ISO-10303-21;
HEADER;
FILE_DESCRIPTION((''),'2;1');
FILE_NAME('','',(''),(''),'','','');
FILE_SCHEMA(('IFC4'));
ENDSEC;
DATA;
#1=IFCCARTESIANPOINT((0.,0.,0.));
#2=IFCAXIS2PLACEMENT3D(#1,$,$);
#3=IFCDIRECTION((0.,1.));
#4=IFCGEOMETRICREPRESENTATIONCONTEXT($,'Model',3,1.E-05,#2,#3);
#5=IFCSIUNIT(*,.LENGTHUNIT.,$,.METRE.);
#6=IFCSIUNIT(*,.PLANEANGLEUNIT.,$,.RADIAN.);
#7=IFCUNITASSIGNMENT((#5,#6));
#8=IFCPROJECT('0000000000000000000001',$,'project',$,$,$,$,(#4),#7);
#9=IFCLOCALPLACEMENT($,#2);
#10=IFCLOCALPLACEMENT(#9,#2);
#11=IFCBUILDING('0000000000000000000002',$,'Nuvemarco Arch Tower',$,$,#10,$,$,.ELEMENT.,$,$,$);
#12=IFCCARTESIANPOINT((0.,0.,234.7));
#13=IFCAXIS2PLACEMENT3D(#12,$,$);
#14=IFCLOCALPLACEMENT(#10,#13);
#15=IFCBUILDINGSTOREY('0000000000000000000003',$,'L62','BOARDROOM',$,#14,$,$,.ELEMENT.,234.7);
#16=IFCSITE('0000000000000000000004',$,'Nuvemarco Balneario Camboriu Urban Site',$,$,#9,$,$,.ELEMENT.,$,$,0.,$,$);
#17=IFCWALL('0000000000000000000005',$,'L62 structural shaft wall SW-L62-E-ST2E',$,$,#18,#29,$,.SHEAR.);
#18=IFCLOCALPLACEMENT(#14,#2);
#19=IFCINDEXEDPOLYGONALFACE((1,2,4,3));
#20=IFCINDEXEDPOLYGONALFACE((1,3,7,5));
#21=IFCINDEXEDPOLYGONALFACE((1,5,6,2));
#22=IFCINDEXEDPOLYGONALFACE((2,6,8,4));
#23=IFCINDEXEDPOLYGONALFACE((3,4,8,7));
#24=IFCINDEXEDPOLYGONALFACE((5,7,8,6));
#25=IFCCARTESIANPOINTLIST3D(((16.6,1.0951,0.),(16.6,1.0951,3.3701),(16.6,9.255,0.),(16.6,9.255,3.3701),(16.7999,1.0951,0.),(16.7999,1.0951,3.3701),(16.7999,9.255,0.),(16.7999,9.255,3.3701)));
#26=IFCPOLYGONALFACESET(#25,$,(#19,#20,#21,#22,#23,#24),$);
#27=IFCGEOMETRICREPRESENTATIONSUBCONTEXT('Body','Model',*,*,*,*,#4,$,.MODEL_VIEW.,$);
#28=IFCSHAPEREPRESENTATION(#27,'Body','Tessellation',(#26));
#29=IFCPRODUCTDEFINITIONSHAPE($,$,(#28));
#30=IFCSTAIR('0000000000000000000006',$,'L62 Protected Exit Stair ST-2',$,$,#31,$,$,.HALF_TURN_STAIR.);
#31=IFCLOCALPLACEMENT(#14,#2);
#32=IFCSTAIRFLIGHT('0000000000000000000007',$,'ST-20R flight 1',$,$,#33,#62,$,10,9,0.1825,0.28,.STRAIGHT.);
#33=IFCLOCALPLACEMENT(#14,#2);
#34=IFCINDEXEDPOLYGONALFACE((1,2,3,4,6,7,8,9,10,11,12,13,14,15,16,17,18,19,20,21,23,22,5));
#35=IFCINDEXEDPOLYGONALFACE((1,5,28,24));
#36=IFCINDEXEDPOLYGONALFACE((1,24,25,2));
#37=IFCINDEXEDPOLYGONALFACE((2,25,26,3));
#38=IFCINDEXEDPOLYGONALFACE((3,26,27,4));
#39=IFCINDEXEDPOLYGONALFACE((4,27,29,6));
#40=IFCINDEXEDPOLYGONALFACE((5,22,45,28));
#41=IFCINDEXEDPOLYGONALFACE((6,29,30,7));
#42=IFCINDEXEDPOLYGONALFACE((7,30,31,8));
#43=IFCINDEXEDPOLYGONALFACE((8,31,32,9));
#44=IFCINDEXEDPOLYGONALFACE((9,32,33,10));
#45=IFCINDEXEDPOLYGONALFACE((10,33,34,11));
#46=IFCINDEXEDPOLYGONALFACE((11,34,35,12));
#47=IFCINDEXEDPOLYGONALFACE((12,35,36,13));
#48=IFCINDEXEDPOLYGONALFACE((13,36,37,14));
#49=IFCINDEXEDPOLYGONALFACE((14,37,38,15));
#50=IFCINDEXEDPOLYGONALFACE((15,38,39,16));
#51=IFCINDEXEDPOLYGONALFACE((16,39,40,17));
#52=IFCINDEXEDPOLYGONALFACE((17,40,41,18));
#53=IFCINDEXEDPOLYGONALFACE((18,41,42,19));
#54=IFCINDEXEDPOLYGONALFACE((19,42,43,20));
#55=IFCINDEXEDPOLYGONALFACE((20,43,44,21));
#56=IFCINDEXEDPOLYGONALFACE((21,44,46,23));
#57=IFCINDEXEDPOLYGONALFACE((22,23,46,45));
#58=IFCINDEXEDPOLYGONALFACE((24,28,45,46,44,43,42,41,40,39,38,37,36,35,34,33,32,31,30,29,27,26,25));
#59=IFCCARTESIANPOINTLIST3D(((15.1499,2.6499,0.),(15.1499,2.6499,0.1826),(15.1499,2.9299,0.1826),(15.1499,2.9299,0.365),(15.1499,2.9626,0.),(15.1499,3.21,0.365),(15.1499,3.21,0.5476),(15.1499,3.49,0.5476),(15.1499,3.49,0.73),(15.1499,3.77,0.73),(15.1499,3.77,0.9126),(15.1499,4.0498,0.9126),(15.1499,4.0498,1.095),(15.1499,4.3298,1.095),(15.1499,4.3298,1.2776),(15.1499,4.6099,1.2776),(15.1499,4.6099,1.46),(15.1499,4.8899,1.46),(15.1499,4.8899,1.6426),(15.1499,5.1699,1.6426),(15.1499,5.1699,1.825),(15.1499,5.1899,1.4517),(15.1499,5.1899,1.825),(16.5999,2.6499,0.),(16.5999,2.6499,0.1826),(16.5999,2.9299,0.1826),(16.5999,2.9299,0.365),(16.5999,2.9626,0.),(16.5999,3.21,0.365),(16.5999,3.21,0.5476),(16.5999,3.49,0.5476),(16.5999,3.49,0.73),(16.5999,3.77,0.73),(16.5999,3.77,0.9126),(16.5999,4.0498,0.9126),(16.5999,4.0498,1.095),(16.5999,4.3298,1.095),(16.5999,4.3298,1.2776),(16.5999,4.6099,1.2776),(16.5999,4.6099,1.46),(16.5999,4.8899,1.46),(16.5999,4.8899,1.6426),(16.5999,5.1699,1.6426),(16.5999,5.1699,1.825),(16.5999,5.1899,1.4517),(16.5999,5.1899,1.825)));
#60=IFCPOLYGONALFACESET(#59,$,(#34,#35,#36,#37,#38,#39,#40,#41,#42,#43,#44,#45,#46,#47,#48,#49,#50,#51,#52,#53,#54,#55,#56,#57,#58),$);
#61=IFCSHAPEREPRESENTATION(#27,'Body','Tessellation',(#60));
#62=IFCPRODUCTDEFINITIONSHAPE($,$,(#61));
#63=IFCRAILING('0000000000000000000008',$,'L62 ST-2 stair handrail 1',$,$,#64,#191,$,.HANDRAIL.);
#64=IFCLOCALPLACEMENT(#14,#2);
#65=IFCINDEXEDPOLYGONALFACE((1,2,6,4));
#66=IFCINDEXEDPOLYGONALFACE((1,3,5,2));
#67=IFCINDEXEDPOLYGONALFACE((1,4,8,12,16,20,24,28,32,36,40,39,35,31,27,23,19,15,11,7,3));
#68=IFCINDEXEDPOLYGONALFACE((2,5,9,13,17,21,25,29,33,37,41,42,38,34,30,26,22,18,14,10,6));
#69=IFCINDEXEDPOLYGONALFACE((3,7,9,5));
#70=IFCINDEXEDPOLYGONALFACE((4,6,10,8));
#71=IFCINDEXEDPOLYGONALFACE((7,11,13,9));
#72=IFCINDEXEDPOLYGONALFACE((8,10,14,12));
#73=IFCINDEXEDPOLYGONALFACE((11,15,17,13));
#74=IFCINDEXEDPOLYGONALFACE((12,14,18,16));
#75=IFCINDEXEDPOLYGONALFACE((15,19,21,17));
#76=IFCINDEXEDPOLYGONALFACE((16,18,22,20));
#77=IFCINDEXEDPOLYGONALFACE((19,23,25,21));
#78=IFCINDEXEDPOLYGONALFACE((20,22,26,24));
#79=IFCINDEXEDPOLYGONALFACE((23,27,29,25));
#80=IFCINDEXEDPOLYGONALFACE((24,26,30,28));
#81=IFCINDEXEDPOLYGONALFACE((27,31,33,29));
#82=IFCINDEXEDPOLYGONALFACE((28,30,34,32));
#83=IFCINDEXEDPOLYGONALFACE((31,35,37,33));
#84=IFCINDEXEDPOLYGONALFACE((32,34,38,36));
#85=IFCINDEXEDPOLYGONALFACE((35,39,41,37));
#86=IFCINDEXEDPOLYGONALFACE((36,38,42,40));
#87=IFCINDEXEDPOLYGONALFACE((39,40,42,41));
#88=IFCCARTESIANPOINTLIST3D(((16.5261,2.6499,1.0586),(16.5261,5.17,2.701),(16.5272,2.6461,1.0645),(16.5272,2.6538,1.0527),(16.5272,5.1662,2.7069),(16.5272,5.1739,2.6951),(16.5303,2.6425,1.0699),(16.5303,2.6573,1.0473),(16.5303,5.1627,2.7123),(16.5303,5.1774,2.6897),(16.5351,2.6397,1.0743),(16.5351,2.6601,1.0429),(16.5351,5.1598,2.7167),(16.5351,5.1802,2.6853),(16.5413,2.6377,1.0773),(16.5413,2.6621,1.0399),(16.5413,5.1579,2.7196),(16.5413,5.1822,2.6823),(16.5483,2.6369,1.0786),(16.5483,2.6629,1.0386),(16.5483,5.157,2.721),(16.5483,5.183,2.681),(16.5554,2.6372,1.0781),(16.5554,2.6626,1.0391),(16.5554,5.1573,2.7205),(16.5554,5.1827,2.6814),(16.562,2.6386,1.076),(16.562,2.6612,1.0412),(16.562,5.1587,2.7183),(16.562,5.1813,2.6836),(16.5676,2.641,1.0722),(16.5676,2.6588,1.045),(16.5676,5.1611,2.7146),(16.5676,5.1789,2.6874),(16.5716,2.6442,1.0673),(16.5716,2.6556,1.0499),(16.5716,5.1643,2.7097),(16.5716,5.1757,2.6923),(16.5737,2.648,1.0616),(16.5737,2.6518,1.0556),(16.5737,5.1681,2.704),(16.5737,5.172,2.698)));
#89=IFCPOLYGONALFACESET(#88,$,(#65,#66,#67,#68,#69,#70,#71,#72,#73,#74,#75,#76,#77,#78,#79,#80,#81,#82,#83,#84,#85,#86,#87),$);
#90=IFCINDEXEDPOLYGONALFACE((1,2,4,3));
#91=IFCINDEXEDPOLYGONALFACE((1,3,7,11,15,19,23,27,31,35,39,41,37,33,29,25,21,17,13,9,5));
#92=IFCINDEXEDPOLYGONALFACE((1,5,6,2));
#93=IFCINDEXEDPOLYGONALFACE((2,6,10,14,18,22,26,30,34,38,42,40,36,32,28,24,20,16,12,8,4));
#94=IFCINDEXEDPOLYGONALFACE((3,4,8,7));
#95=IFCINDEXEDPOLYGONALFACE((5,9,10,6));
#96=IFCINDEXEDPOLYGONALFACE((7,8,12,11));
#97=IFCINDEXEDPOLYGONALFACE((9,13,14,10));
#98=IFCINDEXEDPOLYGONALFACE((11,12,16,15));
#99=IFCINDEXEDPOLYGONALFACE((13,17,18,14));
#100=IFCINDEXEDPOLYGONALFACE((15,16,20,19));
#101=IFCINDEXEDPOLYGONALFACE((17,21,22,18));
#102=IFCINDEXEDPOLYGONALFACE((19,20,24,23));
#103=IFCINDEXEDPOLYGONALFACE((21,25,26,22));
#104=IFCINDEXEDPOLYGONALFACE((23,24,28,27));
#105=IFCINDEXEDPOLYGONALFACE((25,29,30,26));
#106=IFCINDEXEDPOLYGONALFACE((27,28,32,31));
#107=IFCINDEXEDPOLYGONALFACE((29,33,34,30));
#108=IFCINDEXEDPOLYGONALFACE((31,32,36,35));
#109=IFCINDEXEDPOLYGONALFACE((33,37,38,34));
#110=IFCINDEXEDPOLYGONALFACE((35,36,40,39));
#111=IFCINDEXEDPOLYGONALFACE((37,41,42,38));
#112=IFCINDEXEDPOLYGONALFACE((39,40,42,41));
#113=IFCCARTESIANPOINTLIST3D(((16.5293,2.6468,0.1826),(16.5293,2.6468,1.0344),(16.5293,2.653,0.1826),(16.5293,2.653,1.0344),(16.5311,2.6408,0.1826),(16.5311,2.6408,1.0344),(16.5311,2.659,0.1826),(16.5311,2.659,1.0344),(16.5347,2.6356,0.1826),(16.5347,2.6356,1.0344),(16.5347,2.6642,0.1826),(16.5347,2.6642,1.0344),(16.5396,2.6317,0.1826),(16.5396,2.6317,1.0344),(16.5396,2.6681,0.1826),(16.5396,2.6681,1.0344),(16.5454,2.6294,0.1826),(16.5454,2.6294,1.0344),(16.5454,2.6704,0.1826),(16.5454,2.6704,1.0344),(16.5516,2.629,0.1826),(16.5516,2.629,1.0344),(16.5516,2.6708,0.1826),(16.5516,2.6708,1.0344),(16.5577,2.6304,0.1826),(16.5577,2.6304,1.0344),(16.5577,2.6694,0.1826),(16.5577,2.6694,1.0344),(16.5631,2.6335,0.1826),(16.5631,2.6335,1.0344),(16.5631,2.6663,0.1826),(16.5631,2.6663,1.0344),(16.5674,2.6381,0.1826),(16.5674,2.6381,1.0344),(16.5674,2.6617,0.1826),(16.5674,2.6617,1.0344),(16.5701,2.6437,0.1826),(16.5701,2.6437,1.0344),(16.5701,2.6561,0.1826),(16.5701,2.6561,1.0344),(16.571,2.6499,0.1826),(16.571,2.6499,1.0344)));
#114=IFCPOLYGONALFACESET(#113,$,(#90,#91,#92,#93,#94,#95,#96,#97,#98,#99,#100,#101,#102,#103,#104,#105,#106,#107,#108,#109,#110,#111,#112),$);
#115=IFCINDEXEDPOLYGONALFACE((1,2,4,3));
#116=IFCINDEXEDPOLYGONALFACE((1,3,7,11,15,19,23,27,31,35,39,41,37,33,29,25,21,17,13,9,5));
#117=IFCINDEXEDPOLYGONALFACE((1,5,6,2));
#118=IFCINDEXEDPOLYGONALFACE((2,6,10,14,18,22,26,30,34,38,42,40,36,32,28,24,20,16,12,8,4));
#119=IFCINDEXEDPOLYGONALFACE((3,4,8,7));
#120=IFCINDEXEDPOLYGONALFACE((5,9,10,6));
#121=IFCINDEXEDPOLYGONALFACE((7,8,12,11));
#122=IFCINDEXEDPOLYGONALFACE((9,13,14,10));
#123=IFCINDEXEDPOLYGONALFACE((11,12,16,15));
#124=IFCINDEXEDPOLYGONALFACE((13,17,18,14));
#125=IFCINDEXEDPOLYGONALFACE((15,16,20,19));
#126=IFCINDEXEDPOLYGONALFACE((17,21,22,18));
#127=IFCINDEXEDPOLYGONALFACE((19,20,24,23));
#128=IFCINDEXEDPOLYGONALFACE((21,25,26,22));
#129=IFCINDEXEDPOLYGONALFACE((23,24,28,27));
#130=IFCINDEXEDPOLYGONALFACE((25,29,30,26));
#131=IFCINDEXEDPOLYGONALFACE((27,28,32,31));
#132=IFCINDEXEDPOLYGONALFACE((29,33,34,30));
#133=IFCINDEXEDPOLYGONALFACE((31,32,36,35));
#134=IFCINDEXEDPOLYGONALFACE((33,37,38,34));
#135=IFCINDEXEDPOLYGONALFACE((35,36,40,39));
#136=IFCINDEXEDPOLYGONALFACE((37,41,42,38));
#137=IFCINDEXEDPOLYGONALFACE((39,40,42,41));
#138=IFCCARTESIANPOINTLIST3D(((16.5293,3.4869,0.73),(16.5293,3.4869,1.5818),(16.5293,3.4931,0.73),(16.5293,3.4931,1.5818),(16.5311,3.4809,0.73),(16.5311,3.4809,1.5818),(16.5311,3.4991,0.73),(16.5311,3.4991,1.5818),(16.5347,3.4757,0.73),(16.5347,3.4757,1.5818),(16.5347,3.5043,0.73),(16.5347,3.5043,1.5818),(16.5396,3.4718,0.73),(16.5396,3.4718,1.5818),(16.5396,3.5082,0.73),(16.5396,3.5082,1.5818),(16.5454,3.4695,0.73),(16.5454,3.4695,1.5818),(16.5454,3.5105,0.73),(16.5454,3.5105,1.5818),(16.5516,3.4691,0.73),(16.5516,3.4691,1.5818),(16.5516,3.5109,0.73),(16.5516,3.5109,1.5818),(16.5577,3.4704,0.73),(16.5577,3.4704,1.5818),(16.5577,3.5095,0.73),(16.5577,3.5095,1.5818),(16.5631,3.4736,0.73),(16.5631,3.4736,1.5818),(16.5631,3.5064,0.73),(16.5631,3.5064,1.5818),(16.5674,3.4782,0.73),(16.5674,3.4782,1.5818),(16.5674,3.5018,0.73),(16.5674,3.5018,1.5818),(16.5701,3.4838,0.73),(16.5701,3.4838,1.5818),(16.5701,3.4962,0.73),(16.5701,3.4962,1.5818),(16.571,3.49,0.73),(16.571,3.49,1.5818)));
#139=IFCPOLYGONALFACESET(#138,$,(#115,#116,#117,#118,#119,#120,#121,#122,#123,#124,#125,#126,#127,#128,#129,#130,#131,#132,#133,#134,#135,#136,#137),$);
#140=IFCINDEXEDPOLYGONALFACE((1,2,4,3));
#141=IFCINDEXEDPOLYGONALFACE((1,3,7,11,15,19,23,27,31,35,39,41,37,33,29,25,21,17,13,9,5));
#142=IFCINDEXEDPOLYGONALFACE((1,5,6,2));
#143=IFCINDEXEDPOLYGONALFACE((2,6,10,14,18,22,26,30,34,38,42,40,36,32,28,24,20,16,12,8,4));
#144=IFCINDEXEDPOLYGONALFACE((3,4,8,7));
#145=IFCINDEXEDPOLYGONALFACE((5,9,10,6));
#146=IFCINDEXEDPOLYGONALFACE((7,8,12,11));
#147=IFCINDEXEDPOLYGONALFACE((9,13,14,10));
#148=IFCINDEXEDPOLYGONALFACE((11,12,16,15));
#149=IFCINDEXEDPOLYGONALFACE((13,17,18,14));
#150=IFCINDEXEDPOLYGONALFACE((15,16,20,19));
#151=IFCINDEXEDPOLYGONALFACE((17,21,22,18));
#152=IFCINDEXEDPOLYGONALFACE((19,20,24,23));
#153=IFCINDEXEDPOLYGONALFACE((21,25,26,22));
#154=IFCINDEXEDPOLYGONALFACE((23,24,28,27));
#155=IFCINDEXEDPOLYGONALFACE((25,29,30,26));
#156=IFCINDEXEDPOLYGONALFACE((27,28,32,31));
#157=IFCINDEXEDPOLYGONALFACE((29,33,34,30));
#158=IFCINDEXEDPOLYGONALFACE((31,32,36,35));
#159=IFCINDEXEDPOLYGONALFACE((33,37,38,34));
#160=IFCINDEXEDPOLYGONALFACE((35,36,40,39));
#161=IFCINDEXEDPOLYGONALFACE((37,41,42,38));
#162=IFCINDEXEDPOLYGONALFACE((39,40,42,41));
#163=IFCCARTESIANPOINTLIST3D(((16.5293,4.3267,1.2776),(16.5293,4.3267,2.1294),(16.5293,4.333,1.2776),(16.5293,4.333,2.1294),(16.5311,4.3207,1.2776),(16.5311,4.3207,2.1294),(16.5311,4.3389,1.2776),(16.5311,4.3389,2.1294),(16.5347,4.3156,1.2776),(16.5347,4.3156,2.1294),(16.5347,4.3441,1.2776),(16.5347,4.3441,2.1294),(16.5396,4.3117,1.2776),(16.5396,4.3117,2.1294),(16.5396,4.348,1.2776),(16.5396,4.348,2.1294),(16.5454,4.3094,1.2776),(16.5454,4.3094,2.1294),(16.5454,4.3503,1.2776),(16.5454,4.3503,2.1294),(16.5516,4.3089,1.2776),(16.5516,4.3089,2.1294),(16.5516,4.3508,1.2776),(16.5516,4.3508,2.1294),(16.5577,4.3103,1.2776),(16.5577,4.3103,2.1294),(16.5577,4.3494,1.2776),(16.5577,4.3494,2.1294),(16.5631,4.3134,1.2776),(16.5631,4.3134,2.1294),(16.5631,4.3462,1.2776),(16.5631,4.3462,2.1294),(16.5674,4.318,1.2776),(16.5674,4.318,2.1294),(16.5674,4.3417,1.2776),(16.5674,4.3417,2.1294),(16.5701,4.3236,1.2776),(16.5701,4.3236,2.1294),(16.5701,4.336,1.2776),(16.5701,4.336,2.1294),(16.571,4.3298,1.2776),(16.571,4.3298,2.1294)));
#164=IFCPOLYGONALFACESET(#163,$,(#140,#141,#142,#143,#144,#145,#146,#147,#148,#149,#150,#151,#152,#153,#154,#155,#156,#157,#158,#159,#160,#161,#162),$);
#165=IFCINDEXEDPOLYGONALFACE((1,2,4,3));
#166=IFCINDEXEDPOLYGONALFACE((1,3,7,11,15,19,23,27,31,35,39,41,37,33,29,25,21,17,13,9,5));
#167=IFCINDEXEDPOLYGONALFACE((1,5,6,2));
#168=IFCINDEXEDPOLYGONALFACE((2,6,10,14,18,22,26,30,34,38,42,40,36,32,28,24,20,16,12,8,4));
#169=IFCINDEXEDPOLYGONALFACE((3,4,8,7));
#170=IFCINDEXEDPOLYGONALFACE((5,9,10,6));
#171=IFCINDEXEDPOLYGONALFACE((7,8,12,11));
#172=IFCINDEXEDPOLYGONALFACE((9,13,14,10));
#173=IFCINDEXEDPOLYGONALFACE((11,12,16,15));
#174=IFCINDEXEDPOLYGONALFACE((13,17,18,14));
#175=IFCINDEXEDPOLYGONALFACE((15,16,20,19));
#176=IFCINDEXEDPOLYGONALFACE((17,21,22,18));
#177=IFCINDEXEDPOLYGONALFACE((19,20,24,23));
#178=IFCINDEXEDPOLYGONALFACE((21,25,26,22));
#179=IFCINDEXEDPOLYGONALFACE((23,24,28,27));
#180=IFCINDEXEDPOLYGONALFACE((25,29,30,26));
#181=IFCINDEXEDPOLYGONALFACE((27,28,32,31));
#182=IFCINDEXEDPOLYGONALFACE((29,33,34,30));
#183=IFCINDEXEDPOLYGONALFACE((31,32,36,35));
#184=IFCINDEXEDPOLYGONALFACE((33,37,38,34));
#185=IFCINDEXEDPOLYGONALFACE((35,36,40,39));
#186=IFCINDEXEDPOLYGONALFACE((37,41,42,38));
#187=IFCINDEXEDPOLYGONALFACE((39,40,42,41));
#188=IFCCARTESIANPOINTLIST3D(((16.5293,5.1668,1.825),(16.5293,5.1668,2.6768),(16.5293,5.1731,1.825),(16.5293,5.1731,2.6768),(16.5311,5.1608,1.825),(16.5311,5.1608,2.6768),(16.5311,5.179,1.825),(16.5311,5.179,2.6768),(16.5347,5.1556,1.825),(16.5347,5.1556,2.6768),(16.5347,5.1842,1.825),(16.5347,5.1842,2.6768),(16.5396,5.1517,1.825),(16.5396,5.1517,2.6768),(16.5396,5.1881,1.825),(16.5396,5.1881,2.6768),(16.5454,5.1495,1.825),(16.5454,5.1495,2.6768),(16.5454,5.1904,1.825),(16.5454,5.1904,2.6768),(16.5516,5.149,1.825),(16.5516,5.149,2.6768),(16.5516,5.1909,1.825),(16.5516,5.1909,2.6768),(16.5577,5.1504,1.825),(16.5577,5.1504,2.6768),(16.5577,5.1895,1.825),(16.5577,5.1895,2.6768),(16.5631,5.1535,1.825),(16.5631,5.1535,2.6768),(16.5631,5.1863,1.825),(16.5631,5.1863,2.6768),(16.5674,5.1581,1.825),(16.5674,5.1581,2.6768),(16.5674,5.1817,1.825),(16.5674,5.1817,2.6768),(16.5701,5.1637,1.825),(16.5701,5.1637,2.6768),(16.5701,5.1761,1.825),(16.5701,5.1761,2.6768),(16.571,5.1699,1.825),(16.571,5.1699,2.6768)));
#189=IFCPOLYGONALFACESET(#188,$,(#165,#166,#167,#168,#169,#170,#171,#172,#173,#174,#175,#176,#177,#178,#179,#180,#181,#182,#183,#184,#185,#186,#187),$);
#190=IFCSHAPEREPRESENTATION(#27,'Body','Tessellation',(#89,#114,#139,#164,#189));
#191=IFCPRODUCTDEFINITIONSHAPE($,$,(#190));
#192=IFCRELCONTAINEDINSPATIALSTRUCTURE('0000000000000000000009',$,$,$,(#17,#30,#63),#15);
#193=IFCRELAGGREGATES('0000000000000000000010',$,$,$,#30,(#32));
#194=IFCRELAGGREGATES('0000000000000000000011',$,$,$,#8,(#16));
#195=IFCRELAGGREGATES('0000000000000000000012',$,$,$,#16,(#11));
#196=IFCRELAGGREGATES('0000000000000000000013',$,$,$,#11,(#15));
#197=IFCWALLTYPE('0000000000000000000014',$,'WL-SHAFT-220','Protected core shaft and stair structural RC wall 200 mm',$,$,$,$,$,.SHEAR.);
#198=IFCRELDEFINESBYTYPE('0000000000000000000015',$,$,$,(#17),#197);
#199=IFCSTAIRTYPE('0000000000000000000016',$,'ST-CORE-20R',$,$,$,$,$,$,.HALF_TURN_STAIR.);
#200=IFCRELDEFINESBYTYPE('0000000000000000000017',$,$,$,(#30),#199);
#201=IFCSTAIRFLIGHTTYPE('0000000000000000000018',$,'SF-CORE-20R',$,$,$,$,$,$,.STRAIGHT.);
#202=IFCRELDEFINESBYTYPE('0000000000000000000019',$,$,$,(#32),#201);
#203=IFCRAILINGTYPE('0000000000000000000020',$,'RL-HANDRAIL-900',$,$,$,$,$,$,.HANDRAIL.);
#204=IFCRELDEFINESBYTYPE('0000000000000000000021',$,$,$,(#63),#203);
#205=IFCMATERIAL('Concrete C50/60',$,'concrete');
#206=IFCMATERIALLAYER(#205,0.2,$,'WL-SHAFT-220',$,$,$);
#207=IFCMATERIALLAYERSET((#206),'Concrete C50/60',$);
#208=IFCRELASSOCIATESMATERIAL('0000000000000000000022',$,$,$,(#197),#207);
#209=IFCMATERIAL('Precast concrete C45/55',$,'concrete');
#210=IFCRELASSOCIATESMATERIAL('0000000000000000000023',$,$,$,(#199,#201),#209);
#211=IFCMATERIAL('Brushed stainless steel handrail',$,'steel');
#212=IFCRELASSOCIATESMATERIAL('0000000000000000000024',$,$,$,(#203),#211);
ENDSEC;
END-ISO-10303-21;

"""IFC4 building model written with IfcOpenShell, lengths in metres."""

from ifc_helpers import new_model, si_unit, direction, frame, frame_2d, origin, origin_2d, place, context, subcontext, project, spatial, polyline, rectangle, circle, outline, extrude, material, layer, layer_set, type_object, element, aggregate, save


model = new_model("IFC4")

# Units and contexts
model_context = context("Model", 3, precision=1e-05, world=origin(), true_north=direction((0.0, 1.0)))
body_context = subcontext(model_context, "Body", "Model", "MODEL_VIEW")
ifc_project = project(units=[si_unit("LENGTHUNIT", "METRE"), si_unit("PLANEANGLEUNIT", "RADIAN")], contexts=[model_context])

# Site, building, storey
site_placement = place(None, origin())
site = spatial("IfcSite", under=ifc_project, at=site_placement, Name="Nuvemarco Balneario Camboriu Urban Site", CompositionType="ELEMENT", RefElevation=0.0)
building_placement = place(site_placement, origin())
building = spatial("IfcBuilding", under=site, at=building_placement, Name="Nuvemarco Arch Tower", CompositionType="ELEMENT")
storey_placement = place(building_placement, frame((0.0, 0.0, 234.7)))
storey = spatial("IfcBuildingStorey", under=building, at=storey_placement, Name="L62", Description="BOARDROOM", CompositionType="ELEMENT", Elevation=234.7)

# Shared definitions
ifc_material_1 = material(Name="Concrete C50/60", Category="concrete")

# Shared definitions
ifc_material_2 = material(Name="Precast concrete C45/55", Category="concrete")

# Shared definitions
ifc_layer_1 = layer(ifc_material_1, 0.2, Name="WL-SHAFT-220")
ifc_layer_set_1 = layer_set([ifc_layer_1], Name="Concrete C50/60")
wall_type_1 = type_object("IfcWallType", Name="WL-SHAFT-220", Description="Protected core shaft and stair structural RC wall 200 mm", PredefinedType="SHEAR", material=ifc_layer_set_1)

# Wall
wall_1_placement = place(storey_placement, frame((16.7, 1.095, 0.0), z_axis=(0.0, 0.0, 1.0), x_axis=(0.0, 1.0, 0.0)))
element("IfcWall", 1, at=wall_1_placement, inside=storey, type_object=wall_type_1, Name="L62 structural shaft wall SW-L62-E-ST2E", PredefinedType="SHEAR", context=body_context, shape_type="SweptSolid", body=[
    extrude(rectangle(XDim=8.1599, YDim=0.2, at=frame_2d((4.0801, 0.0))), origin(), (0.0, 0.0, 1.0), 3.3701),
])

# Stair, stair flight
stair_type = type_object("IfcStairType", Name="ST-CORE-20R", PredefinedType="HALF_TURN_STAIR", material=ifc_material_2)
stair_placement = place(storey_placement, origin())
stair = element("IfcStair", 2, at=stair_placement, inside=storey, type_object=stair_type, Name="L62 Protected Exit Stair ST-2", PredefinedType="HALF_TURN_STAIR")
stair_flight_type = type_object("IfcStairFlightType", Name="SF-CORE-20R", PredefinedType="STRAIGHT", material=ifc_material_2)
stair_flight_placement = place(storey_placement, frame((15.875, 2.6499, 0.0), z_axis=(0.0, 0.0, 1.0), x_axis=(0.0, 1.0, 0.0)))
stair_flight = element("IfcStairFlight", 3, at=stair_flight_placement, type_object=stair_flight_type, Name="ST-20R flight 1", NumberOfRisers=10, NumberOfTreads=9, PredefinedType="STRAIGHT", RiserHeight=0.1825, TreadLength=0.28, context=body_context, shape_type="SweptSolid", body=[
    extrude(outline(polyline([(0.0, 0.0), (0.0, 0.1826), (0.28, 0.1826), (0.28, 0.365), (0.5601, 0.365), (0.5601, 0.5476), (0.8401, 0.5476), (0.8401, 0.73), (1.1201, 0.73), (1.1201, 0.9126), (1.3999, 0.9126), (1.3999, 1.095), (1.6799, 1.095), (1.6799, 1.2776), (1.96, 1.2776), (1.96, 1.46), (2.24, 1.46), (2.24, 1.6426), (2.52, 1.6426), (2.52, 1.825), (2.54, 1.825), (2.54, 1.4517), (0.3127, 0.0), (0.0, 0.0)])), frame((0.0, 0.7251, 0.0), z_axis=(0.0, -1.0, 0.0), x_axis=(1.0, 0.0, 0.0)), (0.0, 0.0, 1.0), 1.45),
])
aggregate(stair, [stair_flight])

# Railing
ifc_material_3 = material(Name="Brushed stainless steel handrail", Category="steel")
railing_type_1 = type_object("IfcRailingType", Name="RL-HANDRAIL-900", PredefinedType="HANDRAIL", material=ifc_material_3)
railing_1_placement = place(storey_placement, frame((16.55, 2.6499, 0.1826)))
element("IfcRailing", 4, at=railing_1_placement, inside=storey, type_object=railing_type_1, Name="L62 ST-2 stair handrail 1", PredefinedType="HANDRAIL", context=body_context, shape_type="SweptSolid", body=[
    extrude(circle(Radius=0.0239, at=origin_2d()), frame((0.0, 0.0, 0.876), z_axis=(0.0, 0.837787, 0.545998), x_axis=(-1.0, 0.0, 0.0)), (0.0, 0.0, 1.0), 3.0081),
    extrude(circle(Radius=0.021, at=origin_2d()), origin(), (0.0, 0.0, 1.0), 0.8518),
    extrude(circle(Radius=0.021, at=origin_2d()), frame((0.0, 0.8401, 0.5474)), (0.0, 0.0, 1.0), 0.8518),
    extrude(circle(Radius=0.021, at=origin_2d()), frame((0.0, 1.6799, 1.095)), (0.0, 0.0, 1.0), 0.8518),
    extrude(circle(Radius=0.021, at=origin_2d()), frame((0.0, 2.52, 1.6423)), (0.0, 0.0, 1.0), 0.8518),
])

save(model, "model.ifc")
